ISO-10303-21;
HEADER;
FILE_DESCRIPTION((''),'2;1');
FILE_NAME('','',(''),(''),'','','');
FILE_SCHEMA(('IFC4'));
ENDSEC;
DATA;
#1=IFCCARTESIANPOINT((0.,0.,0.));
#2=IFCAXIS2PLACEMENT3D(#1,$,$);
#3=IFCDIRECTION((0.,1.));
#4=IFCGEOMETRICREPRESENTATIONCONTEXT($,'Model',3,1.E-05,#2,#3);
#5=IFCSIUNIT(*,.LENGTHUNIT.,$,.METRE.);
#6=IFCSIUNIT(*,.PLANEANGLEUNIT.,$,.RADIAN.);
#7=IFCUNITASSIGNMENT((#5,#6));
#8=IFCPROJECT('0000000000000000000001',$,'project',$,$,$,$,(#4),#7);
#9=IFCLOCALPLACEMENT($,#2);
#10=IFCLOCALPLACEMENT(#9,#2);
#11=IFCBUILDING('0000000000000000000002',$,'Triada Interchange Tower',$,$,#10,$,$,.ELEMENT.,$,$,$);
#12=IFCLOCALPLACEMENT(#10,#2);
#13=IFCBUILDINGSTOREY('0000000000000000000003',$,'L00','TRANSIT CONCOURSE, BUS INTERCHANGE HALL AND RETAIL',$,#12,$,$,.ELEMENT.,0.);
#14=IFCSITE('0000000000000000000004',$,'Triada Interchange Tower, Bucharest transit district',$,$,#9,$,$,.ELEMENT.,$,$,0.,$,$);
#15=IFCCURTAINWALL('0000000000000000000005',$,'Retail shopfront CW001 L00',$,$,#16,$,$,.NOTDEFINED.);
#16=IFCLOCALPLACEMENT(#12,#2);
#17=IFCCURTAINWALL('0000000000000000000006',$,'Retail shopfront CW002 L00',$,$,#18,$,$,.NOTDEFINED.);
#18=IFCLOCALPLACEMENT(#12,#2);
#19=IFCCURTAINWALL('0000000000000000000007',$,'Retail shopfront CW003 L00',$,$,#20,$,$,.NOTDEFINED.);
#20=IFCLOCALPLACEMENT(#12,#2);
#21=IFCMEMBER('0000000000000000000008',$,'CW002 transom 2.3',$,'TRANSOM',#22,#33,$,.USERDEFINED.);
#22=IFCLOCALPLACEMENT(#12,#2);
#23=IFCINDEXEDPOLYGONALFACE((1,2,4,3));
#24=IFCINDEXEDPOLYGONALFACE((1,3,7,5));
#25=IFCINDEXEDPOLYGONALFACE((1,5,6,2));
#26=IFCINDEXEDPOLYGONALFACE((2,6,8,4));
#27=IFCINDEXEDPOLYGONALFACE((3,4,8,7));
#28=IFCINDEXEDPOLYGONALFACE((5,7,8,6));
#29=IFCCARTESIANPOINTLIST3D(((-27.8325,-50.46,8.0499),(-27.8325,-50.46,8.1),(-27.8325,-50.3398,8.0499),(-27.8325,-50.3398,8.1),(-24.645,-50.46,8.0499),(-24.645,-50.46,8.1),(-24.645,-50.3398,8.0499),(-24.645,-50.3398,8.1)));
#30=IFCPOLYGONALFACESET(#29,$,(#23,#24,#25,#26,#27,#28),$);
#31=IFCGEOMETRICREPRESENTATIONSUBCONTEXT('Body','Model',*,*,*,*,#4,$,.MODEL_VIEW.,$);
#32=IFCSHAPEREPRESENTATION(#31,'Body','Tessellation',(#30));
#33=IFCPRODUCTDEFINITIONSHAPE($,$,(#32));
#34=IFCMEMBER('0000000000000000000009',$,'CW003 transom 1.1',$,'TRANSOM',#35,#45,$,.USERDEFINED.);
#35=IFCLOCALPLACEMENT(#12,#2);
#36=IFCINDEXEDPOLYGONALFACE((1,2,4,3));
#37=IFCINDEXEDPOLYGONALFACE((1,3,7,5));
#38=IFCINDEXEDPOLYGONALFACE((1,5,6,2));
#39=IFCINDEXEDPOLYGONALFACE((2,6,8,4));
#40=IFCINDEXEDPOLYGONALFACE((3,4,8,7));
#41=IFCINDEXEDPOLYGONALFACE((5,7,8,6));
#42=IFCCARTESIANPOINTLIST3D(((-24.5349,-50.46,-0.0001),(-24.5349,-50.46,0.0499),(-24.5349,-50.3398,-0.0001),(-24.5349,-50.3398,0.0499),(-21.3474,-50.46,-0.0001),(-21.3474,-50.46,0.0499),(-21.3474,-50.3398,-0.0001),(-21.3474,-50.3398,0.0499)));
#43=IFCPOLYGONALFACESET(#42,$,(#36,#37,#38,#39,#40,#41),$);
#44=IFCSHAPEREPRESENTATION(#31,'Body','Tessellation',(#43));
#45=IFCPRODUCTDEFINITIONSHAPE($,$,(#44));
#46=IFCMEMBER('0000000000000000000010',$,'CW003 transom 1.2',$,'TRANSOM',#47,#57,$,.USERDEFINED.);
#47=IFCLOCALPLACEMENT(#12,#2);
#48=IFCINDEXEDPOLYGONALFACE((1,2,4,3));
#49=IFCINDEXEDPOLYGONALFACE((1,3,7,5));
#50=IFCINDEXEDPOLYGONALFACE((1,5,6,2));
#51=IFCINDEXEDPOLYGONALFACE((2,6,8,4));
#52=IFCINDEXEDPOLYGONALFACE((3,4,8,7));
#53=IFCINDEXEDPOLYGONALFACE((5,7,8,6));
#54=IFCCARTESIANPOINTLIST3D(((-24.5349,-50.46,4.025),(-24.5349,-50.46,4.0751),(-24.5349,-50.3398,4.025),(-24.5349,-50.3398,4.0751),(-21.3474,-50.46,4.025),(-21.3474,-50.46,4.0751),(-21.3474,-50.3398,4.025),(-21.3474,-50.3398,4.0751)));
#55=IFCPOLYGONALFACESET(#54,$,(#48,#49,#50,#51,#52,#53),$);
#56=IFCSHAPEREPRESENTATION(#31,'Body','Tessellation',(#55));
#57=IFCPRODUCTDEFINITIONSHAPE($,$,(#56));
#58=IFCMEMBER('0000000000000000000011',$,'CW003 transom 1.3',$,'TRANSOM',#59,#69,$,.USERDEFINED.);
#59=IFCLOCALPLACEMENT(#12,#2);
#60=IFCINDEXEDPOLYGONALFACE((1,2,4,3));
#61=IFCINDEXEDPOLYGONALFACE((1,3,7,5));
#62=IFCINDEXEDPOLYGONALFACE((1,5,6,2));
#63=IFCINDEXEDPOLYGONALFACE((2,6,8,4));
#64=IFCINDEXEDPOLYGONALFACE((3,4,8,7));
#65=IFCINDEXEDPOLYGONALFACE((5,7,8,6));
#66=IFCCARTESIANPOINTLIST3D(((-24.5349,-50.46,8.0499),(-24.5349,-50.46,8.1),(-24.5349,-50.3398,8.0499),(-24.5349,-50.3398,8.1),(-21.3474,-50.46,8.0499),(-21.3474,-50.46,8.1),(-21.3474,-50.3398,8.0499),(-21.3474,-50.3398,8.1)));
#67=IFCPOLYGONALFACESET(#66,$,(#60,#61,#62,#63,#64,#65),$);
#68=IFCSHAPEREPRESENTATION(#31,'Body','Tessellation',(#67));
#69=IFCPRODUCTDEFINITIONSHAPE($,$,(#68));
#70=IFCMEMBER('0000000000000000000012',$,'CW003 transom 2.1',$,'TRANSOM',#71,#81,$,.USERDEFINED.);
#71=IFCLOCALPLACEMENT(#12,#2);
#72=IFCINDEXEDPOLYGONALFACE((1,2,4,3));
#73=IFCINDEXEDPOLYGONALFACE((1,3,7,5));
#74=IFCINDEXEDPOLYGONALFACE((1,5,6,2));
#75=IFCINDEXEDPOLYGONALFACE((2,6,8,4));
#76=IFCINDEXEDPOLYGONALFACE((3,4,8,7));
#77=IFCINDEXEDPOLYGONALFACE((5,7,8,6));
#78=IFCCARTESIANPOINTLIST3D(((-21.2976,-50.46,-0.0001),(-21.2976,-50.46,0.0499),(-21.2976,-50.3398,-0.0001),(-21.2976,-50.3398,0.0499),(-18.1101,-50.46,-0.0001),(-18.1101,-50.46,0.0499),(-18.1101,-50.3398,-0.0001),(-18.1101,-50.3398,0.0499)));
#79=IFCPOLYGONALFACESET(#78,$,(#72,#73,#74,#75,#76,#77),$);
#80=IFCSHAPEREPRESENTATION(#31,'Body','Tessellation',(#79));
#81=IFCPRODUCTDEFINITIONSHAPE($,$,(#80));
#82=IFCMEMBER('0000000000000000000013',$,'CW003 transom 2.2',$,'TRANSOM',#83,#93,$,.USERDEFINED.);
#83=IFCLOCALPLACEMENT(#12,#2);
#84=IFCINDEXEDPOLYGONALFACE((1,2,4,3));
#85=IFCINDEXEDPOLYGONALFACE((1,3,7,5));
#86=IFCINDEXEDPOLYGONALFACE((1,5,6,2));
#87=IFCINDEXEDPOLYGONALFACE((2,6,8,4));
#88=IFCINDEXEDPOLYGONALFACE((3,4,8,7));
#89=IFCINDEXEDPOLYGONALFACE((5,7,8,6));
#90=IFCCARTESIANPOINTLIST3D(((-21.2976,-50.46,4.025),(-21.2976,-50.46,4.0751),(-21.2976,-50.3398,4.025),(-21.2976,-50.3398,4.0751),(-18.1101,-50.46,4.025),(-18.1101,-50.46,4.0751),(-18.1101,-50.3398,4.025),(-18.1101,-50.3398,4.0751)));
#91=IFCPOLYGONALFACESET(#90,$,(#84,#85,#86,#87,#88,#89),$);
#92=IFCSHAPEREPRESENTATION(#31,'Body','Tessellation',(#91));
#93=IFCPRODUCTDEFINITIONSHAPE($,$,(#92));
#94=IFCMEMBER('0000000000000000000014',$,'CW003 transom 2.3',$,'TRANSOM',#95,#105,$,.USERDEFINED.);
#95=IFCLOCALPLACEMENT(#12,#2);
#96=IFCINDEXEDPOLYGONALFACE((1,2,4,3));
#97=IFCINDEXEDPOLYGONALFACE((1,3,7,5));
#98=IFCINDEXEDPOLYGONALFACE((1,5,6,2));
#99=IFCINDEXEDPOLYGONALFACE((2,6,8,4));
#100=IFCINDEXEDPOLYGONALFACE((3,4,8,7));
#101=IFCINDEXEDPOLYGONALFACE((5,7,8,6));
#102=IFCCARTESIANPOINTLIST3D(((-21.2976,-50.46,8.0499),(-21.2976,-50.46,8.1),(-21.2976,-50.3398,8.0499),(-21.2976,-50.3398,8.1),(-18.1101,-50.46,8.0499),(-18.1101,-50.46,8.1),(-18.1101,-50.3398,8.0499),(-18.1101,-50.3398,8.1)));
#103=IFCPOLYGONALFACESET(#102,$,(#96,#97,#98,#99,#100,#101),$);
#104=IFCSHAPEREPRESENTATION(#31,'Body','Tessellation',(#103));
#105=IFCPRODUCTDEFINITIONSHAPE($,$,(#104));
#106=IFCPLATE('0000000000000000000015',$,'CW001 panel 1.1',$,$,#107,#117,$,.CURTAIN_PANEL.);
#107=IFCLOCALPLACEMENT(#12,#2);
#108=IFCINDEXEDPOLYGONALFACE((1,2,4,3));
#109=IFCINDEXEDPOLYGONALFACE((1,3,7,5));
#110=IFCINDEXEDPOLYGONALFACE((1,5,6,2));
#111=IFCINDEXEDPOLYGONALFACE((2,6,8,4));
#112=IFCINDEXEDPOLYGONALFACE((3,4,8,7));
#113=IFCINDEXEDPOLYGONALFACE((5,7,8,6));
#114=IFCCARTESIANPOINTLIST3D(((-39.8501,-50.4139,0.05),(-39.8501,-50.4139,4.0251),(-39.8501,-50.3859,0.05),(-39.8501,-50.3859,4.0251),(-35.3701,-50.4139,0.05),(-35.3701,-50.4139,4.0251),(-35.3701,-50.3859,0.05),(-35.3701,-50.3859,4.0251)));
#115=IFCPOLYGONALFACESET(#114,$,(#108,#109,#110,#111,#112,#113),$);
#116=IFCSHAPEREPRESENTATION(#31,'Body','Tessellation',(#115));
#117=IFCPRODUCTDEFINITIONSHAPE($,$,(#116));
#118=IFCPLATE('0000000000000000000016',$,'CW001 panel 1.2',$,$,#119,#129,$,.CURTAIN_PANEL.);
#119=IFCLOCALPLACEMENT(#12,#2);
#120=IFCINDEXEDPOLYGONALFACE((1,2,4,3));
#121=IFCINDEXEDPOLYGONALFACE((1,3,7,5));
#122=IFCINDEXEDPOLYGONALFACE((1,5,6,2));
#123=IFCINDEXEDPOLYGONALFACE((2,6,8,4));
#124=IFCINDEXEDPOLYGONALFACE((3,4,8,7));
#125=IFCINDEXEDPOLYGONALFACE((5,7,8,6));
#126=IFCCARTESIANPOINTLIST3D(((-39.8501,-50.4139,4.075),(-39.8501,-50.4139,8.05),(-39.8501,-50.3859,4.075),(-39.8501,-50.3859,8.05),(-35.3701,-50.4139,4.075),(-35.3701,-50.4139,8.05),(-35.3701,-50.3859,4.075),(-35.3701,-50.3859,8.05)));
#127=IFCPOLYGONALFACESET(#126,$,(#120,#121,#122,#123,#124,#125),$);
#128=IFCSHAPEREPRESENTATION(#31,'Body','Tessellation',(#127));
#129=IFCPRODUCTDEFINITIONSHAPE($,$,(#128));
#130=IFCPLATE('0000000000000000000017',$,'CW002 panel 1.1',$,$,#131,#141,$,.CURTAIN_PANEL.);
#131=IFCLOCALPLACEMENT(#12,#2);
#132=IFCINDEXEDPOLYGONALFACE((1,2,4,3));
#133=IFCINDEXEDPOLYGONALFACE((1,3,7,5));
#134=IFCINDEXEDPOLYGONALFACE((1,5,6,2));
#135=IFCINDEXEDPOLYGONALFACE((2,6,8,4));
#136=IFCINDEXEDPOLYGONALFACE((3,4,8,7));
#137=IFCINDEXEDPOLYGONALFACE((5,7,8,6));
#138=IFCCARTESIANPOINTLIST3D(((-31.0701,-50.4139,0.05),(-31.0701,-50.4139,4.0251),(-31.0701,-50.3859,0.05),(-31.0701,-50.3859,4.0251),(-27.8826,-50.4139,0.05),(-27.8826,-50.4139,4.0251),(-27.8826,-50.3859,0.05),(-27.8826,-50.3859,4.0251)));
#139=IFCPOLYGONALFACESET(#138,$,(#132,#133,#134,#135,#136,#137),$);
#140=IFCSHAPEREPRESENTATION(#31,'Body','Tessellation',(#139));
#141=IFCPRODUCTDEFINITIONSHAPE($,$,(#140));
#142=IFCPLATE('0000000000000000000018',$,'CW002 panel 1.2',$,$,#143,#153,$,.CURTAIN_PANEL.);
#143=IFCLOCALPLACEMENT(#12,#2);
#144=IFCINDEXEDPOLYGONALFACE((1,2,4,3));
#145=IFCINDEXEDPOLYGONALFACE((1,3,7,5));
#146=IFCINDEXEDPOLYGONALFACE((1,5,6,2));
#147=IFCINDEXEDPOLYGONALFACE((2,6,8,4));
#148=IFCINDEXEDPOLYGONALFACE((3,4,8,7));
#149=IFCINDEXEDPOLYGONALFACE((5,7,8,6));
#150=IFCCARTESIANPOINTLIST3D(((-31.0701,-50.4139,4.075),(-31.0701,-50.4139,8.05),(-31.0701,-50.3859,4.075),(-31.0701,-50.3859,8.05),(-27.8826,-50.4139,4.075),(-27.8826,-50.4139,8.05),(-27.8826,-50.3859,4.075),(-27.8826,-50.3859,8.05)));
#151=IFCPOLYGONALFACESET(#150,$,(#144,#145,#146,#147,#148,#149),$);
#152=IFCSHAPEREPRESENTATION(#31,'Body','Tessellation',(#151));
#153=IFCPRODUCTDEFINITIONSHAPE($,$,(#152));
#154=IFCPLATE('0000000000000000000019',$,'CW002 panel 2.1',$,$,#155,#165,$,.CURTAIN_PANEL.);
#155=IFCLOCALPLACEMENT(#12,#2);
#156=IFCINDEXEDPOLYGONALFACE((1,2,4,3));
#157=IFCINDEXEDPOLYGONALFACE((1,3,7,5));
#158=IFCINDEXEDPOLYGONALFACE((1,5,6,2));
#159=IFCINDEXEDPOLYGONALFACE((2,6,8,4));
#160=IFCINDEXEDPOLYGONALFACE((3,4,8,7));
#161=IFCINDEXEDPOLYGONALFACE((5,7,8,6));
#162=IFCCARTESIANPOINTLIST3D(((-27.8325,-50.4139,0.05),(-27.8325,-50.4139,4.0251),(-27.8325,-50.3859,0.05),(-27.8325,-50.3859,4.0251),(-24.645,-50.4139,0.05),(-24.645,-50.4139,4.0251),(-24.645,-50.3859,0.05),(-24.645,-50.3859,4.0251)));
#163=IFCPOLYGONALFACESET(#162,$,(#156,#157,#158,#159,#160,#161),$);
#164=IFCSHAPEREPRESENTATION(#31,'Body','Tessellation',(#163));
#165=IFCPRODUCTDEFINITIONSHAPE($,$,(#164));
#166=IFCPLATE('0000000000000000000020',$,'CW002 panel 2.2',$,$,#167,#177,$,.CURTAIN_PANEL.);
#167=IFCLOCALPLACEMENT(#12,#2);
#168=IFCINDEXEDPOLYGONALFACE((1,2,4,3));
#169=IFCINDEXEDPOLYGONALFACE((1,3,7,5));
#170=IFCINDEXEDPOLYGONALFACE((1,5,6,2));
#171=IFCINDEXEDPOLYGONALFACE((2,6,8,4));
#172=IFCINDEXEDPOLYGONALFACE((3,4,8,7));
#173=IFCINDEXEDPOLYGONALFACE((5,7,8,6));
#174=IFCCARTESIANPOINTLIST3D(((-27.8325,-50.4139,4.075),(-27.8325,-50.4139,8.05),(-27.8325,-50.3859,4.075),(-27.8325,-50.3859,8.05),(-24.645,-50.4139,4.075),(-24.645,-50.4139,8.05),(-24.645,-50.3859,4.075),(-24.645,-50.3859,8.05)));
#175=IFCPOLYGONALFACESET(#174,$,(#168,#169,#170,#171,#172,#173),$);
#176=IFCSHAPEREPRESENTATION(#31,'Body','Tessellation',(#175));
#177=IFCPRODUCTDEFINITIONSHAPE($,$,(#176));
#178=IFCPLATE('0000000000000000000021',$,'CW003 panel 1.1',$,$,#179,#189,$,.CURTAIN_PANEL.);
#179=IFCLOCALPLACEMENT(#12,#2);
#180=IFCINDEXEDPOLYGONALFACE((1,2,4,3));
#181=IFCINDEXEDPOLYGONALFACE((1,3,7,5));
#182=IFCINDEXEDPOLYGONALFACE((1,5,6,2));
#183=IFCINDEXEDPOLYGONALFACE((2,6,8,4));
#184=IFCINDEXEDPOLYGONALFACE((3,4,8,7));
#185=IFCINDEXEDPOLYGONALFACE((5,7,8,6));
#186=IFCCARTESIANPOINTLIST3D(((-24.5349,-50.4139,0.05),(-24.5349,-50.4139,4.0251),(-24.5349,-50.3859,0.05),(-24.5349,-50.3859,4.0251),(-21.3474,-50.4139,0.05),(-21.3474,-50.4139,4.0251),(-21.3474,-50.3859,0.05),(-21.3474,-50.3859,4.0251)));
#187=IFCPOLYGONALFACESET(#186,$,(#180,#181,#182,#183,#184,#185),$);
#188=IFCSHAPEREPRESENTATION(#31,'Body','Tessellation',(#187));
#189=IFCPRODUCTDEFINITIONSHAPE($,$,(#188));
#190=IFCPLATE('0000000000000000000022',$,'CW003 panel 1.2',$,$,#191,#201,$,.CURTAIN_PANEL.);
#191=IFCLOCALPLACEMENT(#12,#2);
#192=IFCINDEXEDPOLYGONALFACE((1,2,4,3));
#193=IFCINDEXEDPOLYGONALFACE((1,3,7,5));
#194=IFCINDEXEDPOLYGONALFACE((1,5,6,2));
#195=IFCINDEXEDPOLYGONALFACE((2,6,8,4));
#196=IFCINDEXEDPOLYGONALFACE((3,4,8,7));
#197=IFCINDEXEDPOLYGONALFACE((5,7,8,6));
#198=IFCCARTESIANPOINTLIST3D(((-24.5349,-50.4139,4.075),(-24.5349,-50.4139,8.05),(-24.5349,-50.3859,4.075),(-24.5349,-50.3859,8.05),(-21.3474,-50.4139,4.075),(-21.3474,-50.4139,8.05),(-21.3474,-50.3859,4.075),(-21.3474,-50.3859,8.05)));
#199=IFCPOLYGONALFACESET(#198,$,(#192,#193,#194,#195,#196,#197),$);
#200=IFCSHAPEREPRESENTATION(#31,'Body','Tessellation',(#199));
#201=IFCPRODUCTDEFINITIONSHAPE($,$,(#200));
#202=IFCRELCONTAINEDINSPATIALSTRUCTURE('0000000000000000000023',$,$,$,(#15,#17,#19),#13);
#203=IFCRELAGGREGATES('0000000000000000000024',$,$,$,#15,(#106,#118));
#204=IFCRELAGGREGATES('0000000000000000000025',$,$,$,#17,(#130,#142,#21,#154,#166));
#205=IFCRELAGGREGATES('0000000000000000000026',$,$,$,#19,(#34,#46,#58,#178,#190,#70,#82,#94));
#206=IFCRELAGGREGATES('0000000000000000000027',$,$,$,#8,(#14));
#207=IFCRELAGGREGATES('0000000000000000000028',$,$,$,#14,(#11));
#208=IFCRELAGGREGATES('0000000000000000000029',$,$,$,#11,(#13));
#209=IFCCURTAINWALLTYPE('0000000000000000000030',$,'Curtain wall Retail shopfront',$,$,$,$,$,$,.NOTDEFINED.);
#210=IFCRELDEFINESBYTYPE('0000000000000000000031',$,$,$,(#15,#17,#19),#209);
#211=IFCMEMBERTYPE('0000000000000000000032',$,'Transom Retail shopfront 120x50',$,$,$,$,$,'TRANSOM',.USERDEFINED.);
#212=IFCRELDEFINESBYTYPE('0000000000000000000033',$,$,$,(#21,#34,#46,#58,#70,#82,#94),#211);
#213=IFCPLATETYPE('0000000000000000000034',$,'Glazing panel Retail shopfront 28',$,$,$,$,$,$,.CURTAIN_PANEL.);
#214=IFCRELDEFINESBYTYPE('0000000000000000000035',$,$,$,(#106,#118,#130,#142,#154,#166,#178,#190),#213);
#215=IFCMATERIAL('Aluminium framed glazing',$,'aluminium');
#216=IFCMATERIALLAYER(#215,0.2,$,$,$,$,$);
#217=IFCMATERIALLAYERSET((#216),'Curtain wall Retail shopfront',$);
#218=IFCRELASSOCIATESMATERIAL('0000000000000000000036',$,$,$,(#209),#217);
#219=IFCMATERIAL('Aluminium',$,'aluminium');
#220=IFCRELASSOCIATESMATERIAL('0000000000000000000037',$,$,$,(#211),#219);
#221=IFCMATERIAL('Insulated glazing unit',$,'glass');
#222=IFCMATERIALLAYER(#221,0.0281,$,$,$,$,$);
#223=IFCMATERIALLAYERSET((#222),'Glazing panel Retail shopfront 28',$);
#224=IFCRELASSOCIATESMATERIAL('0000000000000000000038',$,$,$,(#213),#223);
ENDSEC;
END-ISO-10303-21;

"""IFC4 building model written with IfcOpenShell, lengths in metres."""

from ifc_helpers import new_model, si_unit, direction, frame, origin, origin_2d, place, context, subcontext, project, spatial, rectangle, extrude, material, layer, layer_set, material_profile, profile_set, type_object, element, aggregate, save


model = new_model("IFC4")

# Units and contexts
model_context = context("Model", 3, precision=1e-05, world=origin(), true_north=direction((0.0, 1.0)))
body_context = subcontext(model_context, "Body", "Model", "MODEL_VIEW")
ifc_project = project(units=[si_unit("LENGTHUNIT", "METRE"), si_unit("PLANEANGLEUNIT", "RADIAN")], contexts=[model_context])

# Site, building, storey
site_placement = place(None, origin())
site = spatial("IfcSite", under=ifc_project, at=site_placement, Name="Triada Interchange Tower, Bucharest transit district", CompositionType="ELEMENT", RefElevation=0.0)
building_placement = place(site_placement, origin())
building = spatial("IfcBuilding", under=site, at=building_placement, Name="Triada Interchange Tower", CompositionType="ELEMENT")
storey_placement = place(building_placement, origin())
storey = spatial("IfcBuildingStorey", under=building, at=storey_placement, Name="L00", Description="TRANSIT CONCOURSE, BUS INTERCHANGE HALL AND RETAIL", CompositionType="ELEMENT", Elevation=0.0)

# Curtain walls
ifc_material_1 = material(Name="Aluminium framed glazing", Category="aluminium")
ifc_layer_1 = layer(ifc_material_1, 0.2)
ifc_layer_set_1 = layer_set([ifc_layer_1], Name="Curtain wall Retail shopfront")
curtain_wall_type = type_object("IfcCurtainWallType", Name="Curtain wall Retail shopfront", PredefinedType="NOTDEFINED", material=ifc_layer_set_1)
curtain_wall_1_placement = place(storey_placement, origin())
curtain_wall_1 = element("IfcCurtainWall", 1, at=curtain_wall_1_placement, inside=storey, type_object=curtain_wall_type, Name="Retail shopfront CW001 L00", PredefinedType="NOTDEFINED")
ifc_material_2 = material(Name="Aluminium", Category="aluminium")
curtain_wall_2_placement = place(storey_placement, origin())
curtain_wall_2 = element("IfcCurtainWall", 2, at=curtain_wall_2_placement, inside=storey, type_object=curtain_wall_type, Name="Retail shopfront CW002 L00", PredefinedType="NOTDEFINED")
curtain_wall_3_placement = place(storey_placement, origin())
curtain_wall_3 = element("IfcCurtainWall", 3, at=curtain_wall_3_placement, inside=storey, type_object=curtain_wall_type, Name="Retail shopfront CW003 L00", PredefinedType="NOTDEFINED")

# Members
ifc_material_profile_1 = material_profile(ifc_material_2, rectangle(XDim=0.1201, YDim=0.05, at=origin_2d()), Name="Aluminium transom")
ifc_profile_set_1 = profile_set([ifc_material_profile_1], Name="Aluminium")
member_type_1 = type_object("IfcMemberType", Name="Transom Retail shopfront 120x50", ElementType="TRANSOM", PredefinedType="USERDEFINED", material=ifc_profile_set_1)
member_1_placement = place(storey_placement, frame((-27.8325, -50.3999, 8.075), z_axis=(1.0, 0.0, 0.0), x_axis=(0.0, 1.0, 0.0)))
member_1 = element("IfcMember", 4, at=member_1_placement, type_object=member_type_1, Name="CW002 transom 2.3", ObjectType="TRANSOM", PredefinedType="USERDEFINED", context=body_context, shape_type="SweptSolid", body=[
    extrude(rectangle(XDim=0.1201, YDim=0.05, at=origin_2d()), origin(), (0.0, 0.0, 1.0), 3.1875),
])
member_2_placement = place(storey_placement, frame((-24.5349, -50.3999, 0.0249), z_axis=(1.0, 0.0, 0.0), x_axis=(0.0, 1.0, 0.0)))
member_2 = element("IfcMember", 5, at=member_2_placement, type_object=member_type_1, Name="CW003 transom 1.1", ObjectType="TRANSOM", PredefinedType="USERDEFINED", context=body_context, shape_type="SweptSolid", body=[
    extrude(rectangle(XDim=0.1201, YDim=0.05, at=origin_2d()), origin(), (0.0, 0.0, 1.0), 3.1875),
])
member_3_placement = place(storey_placement, frame((-24.5349, -50.3999, 4.05), z_axis=(1.0, 0.0, 0.0), x_axis=(0.0, 1.0, 0.0)))
member_3 = element("IfcMember", 6, at=member_3_placement, type_object=member_type_1, Name="CW003 transom 1.2", ObjectType="TRANSOM", PredefinedType="USERDEFINED", context=body_context, shape_type="SweptSolid", body=[
    extrude(rectangle(XDim=0.1201, YDim=0.05, at=origin_2d()), origin(), (0.0, 0.0, 1.0), 3.1875),
])
member_4_placement = place(storey_placement, frame((-24.5349, -50.3999, 8.075), z_axis=(1.0, 0.0, 0.0), x_axis=(0.0, 1.0, 0.0)))
member_4 = element("IfcMember", 7, at=member_4_placement, type_object=member_type_1, Name="CW003 transom 1.3", ObjectType="TRANSOM", PredefinedType="USERDEFINED", context=body_context, shape_type="SweptSolid", body=[
    extrude(rectangle(XDim=0.1201, YDim=0.05, at=origin_2d()), origin(), (0.0, 0.0, 1.0), 3.1875),
])
member_5_placement = place(storey_placement, frame((-21.2976, -50.3999, 0.0249), z_axis=(1.0, 0.0, 0.0), x_axis=(0.0, 1.0, 0.0)))
member_5 = element("IfcMember", 8, at=member_5_placement, type_object=member_type_1, Name="CW003 transom 2.1", ObjectType="TRANSOM", PredefinedType="USERDEFINED", context=body_context, shape_type="SweptSolid", body=[
    extrude(rectangle(XDim=0.1201, YDim=0.05, at=origin_2d()), origin(), (0.0, 0.0, 1.0), 3.1875),
])
member_6_placement = place(storey_placement, frame((-21.2976, -50.3999, 4.05), z_axis=(1.0, 0.0, 0.0), x_axis=(0.0, 1.0, 0.0)))
member_6 = element("IfcMember", 9, at=member_6_placement, type_object=member_type_1, Name="CW003 transom 2.2", ObjectType="TRANSOM", PredefinedType="USERDEFINED", context=body_context, shape_type="SweptSolid", body=[
    extrude(rectangle(XDim=0.1201, YDim=0.05, at=origin_2d()), origin(), (0.0, 0.0, 1.0), 3.1875),
])
member_7_placement = place(storey_placement, frame((-21.2976, -50.3999, 8.075), z_axis=(1.0, 0.0, 0.0), x_axis=(0.0, 1.0, 0.0)))
member_7 = element("IfcMember", 10, at=member_7_placement, type_object=member_type_1, Name="CW003 transom 2.3", ObjectType="TRANSOM", PredefinedType="USERDEFINED", context=body_context, shape_type="SweptSolid", body=[
    extrude(rectangle(XDim=0.1201, YDim=0.05, at=origin_2d()), origin(), (0.0, 0.0, 1.0), 3.1875),
])

# Plates
ifc_material_3 = material(Name="Insulated glazing unit", Category="glass")
ifc_layer_2 = layer(ifc_material_3, 0.0281)
ifc_layer_set_2 = layer_set([ifc_layer_2], Name="Glazing panel Retail shopfront 28")
plate_type = type_object("IfcPlateType", Name="Glazing panel Retail shopfront 28", PredefinedType="CURTAIN_PANEL", material=ifc_layer_set_2)
plate_1_placement = place(storey_placement, frame((-37.6101, -50.3999, 0.05), z_axis=(0.0, 0.0, 1.0), x_axis=(1.0, 0.0, 0.0)))
plate_1 = element("IfcPlate", 11, at=plate_1_placement, type_object=plate_type, Name="CW001 panel 1.1", PredefinedType="CURTAIN_PANEL", context=body_context, shape_type="SweptSolid", body=[
    extrude(rectangle(XDim=4.48, YDim=0.0281, at=origin_2d()), origin(), (0.0, 0.0, 1.0), 3.9751),
])
plate_2_placement = place(storey_placement, frame((-37.6101, -50.3999, 4.075), z_axis=(0.0, 0.0, 1.0), x_axis=(1.0, 0.0, 0.0)))
plate_2 = element("IfcPlate", 12, at=plate_2_placement, type_object=plate_type, Name="CW001 panel 1.2", PredefinedType="CURTAIN_PANEL", context=body_context, shape_type="SweptSolid", body=[
    extrude(rectangle(XDim=4.48, YDim=0.0281, at=origin_2d()), origin(), (0.0, 0.0, 1.0), 3.9751),
])
aggregate(curtain_wall_1, [plate_1, plate_2])
plate_3_placement = place(storey_placement, frame((-29.4763, -50.3999, 0.05), z_axis=(0.0, 0.0, 1.0), x_axis=(1.0, 0.0, 0.0)))
plate_3 = element("IfcPlate", 13, at=plate_3_placement, type_object=plate_type, Name="CW002 panel 1.1", PredefinedType="CURTAIN_PANEL", context=body_context, shape_type="SweptSolid", body=[
    extrude(rectangle(XDim=3.1875, YDim=0.0281, at=origin_2d()), origin(), (0.0, 0.0, 1.0), 3.9751),
])
plate_4_placement = place(storey_placement, frame((-29.4763, -50.3999, 4.075), z_axis=(0.0, 0.0, 1.0), x_axis=(1.0, 0.0, 0.0)))
plate_4 = element("IfcPlate", 14, at=plate_4_placement, type_object=plate_type, Name="CW002 panel 1.2", PredefinedType="CURTAIN_PANEL", context=body_context, shape_type="SweptSolid", body=[
    extrude(rectangle(XDim=3.1875, YDim=0.0281, at=origin_2d()), origin(), (0.0, 0.0, 1.0), 3.9751),
])
plate_5_placement = place(storey_placement, frame((-26.2388, -50.3999, 0.05), z_axis=(0.0, 0.0, 1.0), x_axis=(1.0, 0.0, 0.0)))
plate_5 = element("IfcPlate", 15, at=plate_5_placement, type_object=plate_type, Name="CW002 panel 2.1", PredefinedType="CURTAIN_PANEL", context=body_context, shape_type="SweptSolid", body=[
    extrude(rectangle(XDim=3.1875, YDim=0.0281, at=origin_2d()), origin(), (0.0, 0.0, 1.0), 3.9751),
])
plate_6_placement = place(storey_placement, frame((-26.2388, -50.3999, 4.075), z_axis=(0.0, 0.0, 1.0), x_axis=(1.0, 0.0, 0.0)))
plate_6 = element("IfcPlate", 16, at=plate_6_placement, type_object=plate_type, Name="CW002 panel 2.2", PredefinedType="CURTAIN_PANEL", context=body_context, shape_type="SweptSolid", body=[
    extrude(rectangle(XDim=3.1875, YDim=0.0281, at=origin_2d()), origin(), (0.0, 0.0, 1.0), 3.9751),
])
aggregate(curtain_wall_2, [plate_3, plate_4, member_1, plate_5, plate_6])
plate_7_placement = place(storey_placement, frame((-22.9412, -50.3999, 0.05), z_axis=(0.0, 0.0, 1.0), x_axis=(1.0, 0.0, 0.0)))
plate_7 = element("IfcPlate", 17, at=plate_7_placement, type_object=plate_type, Name="CW003 panel 1.1", PredefinedType="CURTAIN_PANEL", context=body_context, shape_type="SweptSolid", body=[
    extrude(rectangle(XDim=3.1875, YDim=0.0281, at=origin_2d()), origin(), (0.0, 0.0, 1.0), 3.9751),
])
plate_8_placement = place(storey_placement, frame((-22.9412, -50.3999, 4.075), z_axis=(0.0, 0.0, 1.0), x_axis=(1.0, 0.0, 0.0)))
plate_8 = element("IfcPlate", 18, at=plate_8_placement, type_object=plate_type, Name="CW003 panel 1.2", PredefinedType="CURTAIN_PANEL", context=body_context, shape_type="SweptSolid", body=[
    extrude(rectangle(XDim=3.1875, YDim=0.0281, at=origin_2d()), origin(), (0.0, 0.0, 1.0), 3.9751),
])
aggregate(curtain_wall_3, [member_2, member_3, member_4, plate_7, plate_8, member_5, member_6, member_7])

save(model, "model.ifc")
